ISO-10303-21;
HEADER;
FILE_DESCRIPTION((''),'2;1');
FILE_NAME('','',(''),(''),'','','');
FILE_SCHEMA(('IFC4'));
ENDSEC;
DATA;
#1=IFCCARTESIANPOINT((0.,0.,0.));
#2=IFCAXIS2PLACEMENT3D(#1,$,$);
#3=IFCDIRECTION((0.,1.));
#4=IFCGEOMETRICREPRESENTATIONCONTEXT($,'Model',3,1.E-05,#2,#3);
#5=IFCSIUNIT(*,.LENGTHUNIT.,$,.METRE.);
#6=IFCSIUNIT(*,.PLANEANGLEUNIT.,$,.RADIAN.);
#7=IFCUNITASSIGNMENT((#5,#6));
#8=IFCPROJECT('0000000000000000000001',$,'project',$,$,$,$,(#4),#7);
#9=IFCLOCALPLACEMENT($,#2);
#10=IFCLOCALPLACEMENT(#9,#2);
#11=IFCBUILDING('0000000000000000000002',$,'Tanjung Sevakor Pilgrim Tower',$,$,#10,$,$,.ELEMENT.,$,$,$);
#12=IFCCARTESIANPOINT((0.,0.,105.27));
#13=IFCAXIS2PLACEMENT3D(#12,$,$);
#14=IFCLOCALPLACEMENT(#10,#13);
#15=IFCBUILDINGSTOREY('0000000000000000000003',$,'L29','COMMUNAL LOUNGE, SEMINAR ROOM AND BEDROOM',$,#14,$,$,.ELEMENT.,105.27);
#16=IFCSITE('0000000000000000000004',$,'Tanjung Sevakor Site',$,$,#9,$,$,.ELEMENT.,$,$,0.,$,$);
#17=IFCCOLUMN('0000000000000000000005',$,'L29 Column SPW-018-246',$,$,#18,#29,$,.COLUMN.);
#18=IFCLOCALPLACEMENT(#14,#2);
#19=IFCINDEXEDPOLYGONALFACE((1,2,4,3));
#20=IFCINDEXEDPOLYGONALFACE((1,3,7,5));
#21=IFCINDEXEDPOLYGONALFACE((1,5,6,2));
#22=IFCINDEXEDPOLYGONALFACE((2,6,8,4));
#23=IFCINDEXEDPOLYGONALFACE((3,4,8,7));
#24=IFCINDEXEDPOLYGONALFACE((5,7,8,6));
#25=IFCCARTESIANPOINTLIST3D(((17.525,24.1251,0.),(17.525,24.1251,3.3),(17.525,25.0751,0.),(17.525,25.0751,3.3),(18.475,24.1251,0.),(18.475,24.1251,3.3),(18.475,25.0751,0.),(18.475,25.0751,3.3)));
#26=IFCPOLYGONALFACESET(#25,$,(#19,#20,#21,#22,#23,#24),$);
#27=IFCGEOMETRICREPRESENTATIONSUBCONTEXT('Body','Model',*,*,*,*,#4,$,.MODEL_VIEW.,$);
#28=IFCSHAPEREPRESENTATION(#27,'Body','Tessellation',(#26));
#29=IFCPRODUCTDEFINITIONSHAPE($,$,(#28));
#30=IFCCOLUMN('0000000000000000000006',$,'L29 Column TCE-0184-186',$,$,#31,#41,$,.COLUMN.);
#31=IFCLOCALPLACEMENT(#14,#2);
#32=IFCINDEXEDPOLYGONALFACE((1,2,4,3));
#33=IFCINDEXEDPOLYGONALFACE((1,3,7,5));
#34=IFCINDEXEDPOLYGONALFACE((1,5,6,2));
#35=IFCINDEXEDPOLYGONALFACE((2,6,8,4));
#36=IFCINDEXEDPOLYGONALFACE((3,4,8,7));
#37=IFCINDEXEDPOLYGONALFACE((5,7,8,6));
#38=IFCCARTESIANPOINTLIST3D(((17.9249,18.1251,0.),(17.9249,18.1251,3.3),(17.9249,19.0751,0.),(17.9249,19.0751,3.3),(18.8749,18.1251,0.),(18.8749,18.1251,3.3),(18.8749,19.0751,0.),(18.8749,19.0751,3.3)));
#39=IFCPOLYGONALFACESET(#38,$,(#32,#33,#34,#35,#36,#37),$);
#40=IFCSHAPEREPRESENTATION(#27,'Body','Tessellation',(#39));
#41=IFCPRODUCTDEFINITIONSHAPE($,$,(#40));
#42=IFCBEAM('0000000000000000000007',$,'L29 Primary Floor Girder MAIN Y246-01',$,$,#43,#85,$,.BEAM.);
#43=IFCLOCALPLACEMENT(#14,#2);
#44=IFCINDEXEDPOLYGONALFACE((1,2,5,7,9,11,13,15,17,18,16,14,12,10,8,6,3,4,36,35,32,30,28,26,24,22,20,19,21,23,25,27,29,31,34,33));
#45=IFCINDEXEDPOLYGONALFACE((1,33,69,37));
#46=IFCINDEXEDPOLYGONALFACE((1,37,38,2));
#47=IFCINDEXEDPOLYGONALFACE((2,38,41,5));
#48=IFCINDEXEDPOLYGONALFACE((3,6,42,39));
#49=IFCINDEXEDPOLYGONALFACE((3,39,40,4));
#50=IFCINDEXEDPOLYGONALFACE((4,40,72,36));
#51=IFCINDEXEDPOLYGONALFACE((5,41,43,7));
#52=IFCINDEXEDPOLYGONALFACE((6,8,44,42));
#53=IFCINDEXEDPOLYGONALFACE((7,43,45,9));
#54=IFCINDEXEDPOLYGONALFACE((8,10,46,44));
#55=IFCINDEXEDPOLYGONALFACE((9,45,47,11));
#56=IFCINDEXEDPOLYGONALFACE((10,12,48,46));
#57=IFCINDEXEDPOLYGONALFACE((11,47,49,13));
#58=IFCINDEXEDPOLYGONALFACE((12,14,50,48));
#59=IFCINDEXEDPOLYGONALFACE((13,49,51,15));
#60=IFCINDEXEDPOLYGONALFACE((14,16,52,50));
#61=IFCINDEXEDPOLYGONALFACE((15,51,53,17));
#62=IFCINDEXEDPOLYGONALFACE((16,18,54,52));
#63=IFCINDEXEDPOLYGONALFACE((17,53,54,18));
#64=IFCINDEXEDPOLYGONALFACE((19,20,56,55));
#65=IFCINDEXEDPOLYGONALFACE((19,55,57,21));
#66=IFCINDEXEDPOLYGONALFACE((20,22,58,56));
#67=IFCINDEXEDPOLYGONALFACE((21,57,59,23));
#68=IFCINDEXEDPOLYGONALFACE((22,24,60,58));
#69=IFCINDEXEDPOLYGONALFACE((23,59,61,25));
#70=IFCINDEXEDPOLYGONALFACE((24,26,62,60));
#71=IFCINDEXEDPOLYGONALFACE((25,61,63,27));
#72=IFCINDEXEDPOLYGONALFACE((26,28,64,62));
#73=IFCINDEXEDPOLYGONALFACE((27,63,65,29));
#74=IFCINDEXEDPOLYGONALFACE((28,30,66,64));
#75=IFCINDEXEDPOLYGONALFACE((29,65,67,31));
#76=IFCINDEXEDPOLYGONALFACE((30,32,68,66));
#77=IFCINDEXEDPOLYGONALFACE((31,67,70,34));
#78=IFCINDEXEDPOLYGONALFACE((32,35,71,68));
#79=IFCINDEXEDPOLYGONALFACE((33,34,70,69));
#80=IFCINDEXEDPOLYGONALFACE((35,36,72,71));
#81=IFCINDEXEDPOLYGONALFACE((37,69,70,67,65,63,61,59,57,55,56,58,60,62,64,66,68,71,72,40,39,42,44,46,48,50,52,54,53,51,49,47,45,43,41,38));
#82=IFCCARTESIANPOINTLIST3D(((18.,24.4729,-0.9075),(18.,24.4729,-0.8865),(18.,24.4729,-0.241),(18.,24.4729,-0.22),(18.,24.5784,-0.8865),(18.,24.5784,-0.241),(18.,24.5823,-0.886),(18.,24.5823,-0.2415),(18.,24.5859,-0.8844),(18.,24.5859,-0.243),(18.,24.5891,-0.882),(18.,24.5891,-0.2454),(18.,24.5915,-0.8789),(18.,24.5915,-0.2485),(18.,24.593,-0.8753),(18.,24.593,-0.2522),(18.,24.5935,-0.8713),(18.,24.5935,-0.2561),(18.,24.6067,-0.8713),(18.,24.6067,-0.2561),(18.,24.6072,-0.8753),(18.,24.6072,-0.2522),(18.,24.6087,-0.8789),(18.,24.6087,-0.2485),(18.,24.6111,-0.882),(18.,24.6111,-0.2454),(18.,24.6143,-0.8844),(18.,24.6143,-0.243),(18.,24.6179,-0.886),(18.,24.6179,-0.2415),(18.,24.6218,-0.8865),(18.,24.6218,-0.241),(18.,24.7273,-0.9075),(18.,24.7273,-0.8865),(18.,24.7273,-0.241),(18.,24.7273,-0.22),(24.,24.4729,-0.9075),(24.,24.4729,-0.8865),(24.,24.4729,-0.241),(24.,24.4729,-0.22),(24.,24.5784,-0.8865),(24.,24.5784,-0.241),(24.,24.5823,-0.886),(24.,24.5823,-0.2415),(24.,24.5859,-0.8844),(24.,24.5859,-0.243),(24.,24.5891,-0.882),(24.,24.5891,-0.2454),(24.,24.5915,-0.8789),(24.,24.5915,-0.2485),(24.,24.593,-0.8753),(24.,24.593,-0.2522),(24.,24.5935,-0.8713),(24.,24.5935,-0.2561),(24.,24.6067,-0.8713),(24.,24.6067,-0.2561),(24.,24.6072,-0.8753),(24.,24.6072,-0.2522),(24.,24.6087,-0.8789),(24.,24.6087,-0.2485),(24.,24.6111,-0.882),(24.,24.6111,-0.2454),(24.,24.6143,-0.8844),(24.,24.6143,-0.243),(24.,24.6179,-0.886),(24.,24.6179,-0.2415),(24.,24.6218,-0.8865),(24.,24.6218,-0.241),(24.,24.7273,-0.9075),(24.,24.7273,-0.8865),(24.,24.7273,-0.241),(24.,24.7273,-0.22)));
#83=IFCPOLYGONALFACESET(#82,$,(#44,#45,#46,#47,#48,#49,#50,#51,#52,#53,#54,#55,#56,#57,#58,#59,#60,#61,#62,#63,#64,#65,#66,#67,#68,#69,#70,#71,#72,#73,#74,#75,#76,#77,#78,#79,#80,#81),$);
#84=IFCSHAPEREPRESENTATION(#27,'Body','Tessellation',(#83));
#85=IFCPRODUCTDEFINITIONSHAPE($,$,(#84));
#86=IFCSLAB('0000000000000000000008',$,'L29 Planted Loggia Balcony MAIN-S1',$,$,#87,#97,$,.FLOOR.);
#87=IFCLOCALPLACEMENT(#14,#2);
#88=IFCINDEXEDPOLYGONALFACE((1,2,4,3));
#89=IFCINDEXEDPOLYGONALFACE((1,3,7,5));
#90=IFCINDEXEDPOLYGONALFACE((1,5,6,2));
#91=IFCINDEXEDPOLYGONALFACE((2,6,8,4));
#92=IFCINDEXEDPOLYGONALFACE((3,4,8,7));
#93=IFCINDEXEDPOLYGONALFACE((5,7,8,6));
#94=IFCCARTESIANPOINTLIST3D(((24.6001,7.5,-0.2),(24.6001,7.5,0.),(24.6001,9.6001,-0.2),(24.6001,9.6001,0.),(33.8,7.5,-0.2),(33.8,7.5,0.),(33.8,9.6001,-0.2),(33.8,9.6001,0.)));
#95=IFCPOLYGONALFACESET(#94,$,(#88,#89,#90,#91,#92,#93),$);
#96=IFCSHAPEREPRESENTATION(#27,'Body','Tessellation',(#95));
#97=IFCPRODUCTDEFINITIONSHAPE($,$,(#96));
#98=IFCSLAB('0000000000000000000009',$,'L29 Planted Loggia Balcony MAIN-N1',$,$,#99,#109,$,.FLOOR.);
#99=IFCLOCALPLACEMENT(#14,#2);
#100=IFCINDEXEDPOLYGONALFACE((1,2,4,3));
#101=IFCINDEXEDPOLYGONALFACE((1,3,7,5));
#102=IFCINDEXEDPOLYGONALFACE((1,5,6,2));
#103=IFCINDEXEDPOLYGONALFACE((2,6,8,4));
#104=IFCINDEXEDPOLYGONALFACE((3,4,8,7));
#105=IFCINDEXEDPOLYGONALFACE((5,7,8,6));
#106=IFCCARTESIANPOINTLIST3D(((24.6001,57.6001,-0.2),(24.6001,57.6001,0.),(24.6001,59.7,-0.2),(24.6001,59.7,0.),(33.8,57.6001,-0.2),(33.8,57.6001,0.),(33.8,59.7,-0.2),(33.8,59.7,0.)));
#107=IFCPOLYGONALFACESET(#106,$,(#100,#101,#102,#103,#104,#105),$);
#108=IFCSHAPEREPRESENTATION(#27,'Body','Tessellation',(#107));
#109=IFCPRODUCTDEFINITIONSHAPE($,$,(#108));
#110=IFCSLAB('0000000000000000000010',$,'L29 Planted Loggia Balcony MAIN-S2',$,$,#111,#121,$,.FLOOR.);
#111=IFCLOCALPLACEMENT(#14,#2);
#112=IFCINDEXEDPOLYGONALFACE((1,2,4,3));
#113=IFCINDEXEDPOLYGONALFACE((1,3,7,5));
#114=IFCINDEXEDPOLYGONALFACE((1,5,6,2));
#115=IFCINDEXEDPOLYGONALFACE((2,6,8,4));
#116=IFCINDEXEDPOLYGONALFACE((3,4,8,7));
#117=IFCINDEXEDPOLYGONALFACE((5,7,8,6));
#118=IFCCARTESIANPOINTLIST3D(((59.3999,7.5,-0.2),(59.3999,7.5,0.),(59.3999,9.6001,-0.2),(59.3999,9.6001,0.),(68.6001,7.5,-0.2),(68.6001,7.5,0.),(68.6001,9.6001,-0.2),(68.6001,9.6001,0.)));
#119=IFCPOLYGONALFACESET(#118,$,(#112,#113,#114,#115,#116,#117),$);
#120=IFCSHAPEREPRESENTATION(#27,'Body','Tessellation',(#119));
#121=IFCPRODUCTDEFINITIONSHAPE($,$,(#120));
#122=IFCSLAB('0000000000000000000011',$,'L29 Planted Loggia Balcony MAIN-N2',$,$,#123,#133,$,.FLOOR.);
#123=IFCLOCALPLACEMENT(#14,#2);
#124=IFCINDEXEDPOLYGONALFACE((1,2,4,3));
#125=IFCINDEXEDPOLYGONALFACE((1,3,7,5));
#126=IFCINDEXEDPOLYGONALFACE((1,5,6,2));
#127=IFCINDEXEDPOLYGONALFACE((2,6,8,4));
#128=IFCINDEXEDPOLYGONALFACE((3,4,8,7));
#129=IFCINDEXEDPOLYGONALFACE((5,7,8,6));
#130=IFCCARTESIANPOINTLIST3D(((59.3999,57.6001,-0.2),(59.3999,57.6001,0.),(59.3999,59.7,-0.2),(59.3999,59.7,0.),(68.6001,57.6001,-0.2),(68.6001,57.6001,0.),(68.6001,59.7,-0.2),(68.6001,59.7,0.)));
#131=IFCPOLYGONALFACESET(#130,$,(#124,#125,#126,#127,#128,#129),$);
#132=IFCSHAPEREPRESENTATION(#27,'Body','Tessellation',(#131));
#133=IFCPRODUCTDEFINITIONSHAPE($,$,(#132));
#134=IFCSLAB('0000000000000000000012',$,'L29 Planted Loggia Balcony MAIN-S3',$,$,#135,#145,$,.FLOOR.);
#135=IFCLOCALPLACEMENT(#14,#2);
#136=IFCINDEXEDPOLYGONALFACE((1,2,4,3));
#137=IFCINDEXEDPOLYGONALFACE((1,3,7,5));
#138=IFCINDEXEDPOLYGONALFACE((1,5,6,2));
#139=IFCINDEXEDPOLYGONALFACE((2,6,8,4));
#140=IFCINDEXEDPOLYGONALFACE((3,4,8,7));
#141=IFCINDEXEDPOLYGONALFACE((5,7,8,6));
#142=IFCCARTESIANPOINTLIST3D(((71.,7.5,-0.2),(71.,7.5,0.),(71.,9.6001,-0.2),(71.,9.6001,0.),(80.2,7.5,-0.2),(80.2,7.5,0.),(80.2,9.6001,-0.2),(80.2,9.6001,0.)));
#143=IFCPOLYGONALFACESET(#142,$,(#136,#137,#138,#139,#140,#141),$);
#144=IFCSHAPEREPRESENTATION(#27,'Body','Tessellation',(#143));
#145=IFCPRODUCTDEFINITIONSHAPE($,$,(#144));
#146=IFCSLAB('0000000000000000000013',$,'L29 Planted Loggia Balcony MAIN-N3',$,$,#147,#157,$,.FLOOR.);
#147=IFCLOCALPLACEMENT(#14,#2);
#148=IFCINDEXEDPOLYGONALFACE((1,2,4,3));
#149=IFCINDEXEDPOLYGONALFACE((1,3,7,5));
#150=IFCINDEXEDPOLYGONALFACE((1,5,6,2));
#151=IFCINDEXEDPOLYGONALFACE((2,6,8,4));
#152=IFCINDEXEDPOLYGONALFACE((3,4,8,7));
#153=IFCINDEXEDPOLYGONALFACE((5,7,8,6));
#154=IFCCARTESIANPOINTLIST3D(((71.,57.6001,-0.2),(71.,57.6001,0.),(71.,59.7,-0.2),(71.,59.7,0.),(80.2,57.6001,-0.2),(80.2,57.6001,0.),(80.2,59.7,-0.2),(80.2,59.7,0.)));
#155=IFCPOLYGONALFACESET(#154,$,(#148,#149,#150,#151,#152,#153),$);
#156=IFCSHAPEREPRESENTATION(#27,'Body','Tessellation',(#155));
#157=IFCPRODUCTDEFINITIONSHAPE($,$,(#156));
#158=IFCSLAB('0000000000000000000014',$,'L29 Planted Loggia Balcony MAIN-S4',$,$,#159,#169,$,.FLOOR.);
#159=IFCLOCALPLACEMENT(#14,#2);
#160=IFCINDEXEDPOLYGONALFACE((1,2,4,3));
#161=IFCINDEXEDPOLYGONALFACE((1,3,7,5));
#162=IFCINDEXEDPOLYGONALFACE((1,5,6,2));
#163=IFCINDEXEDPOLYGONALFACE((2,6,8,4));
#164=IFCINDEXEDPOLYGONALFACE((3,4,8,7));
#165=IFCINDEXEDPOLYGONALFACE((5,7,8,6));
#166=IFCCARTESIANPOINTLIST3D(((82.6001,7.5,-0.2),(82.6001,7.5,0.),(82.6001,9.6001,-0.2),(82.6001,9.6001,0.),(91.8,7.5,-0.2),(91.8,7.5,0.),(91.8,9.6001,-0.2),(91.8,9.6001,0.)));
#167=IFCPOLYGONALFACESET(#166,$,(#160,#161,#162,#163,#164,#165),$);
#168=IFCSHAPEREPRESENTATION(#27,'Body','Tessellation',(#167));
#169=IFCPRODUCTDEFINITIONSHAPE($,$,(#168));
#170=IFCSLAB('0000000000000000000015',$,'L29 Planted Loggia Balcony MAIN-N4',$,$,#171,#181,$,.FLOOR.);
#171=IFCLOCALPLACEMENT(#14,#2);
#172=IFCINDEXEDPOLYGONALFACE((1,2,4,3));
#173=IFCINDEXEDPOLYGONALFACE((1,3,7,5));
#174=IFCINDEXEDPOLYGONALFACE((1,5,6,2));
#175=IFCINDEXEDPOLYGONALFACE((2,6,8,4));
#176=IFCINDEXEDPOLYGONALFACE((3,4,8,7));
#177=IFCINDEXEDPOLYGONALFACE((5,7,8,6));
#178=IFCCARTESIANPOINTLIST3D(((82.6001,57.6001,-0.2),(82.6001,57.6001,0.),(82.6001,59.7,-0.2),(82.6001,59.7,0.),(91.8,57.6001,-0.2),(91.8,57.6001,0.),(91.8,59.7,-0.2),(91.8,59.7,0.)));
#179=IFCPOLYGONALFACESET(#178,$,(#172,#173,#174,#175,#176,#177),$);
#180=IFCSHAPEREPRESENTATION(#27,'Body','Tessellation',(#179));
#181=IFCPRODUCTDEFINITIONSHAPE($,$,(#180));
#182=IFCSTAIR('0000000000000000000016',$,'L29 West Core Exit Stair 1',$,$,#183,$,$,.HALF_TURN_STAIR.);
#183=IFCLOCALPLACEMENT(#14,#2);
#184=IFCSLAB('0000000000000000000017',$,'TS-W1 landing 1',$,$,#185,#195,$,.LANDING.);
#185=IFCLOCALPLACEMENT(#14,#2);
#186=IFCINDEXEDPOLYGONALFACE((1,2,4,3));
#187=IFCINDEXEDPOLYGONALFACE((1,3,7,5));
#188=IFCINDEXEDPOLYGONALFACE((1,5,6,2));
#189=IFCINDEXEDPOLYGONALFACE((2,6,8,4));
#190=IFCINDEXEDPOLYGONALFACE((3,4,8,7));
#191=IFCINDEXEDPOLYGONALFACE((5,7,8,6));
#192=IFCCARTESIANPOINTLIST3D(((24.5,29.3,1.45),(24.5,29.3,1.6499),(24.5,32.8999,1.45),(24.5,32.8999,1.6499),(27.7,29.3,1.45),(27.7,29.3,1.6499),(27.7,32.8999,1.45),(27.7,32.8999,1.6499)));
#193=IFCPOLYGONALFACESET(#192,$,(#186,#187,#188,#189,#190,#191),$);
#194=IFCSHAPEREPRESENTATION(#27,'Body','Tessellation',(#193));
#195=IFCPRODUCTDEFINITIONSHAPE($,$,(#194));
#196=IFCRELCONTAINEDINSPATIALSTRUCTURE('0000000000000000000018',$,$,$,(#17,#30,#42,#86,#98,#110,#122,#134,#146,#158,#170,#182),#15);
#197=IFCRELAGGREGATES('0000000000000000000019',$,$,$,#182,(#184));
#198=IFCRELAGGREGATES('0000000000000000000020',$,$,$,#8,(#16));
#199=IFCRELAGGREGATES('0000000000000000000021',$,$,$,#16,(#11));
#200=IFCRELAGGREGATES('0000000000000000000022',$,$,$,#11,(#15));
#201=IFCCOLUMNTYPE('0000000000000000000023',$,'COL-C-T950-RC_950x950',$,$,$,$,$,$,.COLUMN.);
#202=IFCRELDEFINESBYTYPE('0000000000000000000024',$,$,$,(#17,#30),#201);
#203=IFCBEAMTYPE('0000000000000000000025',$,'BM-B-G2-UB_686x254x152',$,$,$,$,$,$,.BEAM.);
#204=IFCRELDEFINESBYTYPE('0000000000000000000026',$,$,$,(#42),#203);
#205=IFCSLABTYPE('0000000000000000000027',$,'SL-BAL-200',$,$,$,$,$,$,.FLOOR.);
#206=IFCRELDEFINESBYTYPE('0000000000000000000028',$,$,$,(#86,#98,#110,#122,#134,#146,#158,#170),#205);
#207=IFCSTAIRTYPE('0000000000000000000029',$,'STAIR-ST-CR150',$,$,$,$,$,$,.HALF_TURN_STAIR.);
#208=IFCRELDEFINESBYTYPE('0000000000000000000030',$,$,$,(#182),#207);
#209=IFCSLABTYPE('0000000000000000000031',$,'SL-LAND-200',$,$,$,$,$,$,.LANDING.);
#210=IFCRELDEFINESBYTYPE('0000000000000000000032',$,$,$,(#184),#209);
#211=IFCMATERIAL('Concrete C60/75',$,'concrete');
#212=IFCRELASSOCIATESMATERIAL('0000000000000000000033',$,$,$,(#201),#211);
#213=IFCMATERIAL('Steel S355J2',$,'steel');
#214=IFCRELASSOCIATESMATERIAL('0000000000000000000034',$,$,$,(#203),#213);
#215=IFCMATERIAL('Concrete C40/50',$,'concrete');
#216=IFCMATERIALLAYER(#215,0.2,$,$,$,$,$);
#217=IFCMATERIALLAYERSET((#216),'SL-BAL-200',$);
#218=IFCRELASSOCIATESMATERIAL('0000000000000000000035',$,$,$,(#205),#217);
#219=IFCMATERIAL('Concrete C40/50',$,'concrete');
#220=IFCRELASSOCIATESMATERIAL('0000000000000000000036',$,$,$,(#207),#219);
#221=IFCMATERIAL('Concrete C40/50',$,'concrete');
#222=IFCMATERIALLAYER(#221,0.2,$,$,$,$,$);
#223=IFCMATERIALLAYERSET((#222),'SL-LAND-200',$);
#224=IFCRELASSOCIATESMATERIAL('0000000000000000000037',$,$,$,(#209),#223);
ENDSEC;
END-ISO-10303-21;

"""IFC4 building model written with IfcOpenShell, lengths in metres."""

from ifc_helpers import new_model, si_unit, direction, frame, origin, origin_2d, place, context, subcontext, project, spatial, polyline, rectangle, i_section, outline, extrude, material, layer, layer_set, material_profile, profile_set, type_object, element, aggregate, save


model = new_model("IFC4")

# Units and contexts
model_context = context("Model", 3, precision=1e-05, world=origin(), true_north=direction((0.0, 1.0)))
body_context = subcontext(model_context, "Body", "Model", "MODEL_VIEW")
ifc_project = project(units=[si_unit("LENGTHUNIT", "METRE"), si_unit("PLANEANGLEUNIT", "RADIAN")], contexts=[model_context])

# Site, building, storey
site_placement = place(None, origin())
site = spatial("IfcSite", under=ifc_project, at=site_placement, Name="Tanjung Sevakor Site", CompositionType="ELEMENT", RefElevation=0.0)
building_placement = place(site_placement, origin())
building = spatial("IfcBuilding", under=site, at=building_placement, Name="Tanjung Sevakor Pilgrim Tower", CompositionType="ELEMENT")
storey_placement = place(building_placement, frame((0.0, 0.0, 105.27)))
storey = spatial("IfcBuildingStorey", under=building, at=storey_placement, Name="L29", Description="COMMUNAL LOUNGE, SEMINAR ROOM AND BEDROOM", CompositionType="ELEMENT", Elevation=105.27)

# Columns
ifc_material_1 = material(Name="Concrete C60/75", Category="concrete")
ifc_material_profile_1 = material_profile(ifc_material_1, rectangle(XDim=0.95, YDim=0.95, at=origin_2d()))
ifc_profile_set_1 = profile_set([ifc_material_profile_1], Name="Concrete C60/75")
column_type = type_object("IfcColumnType", Name="COL-C-T950-RC_950x950", PredefinedType="COLUMN", material=ifc_profile_set_1)
for number, where, z_axis, x_axis, name in (
    (1, (18.0, 24.6001, 0.0), (0.0, 0.0, 1.0), (1.0, 0.0, 0.0), "L29 Column SPW-018-246"),
    (2, (18.3999, 18.6001, 0.0), (0.0, 0.0, 1.0), (1.0, 0.0, 0.0), "L29 Column TCE-0184-186"),
):
    element("IfcColumn", number, at=place(storey_placement, frame(where, z_axis=z_axis, x_axis=x_axis)), inside=storey, type_object=column_type, Name=name, PredefinedType="COLUMN", context=body_context, shape_type="SweptSolid", body=[
        extrude(rectangle(XDim=0.95, YDim=0.95, at=origin_2d()), origin(), (0.0, 0.0, 1.0), 3.3),
    ])

# Beam
ifc_material_2 = material(Name="Steel S355J2", Category="steel")
ifc_material_profile_2 = material_profile(ifc_material_2, i_section(OverallWidth=0.2544, OverallDepth=0.6875, WebThickness=0.0132, FlangeThickness=0.021, FilletRadius=0.0151, at=origin_2d()))
ifc_profile_set_2 = profile_set([ifc_material_profile_2], Name="Steel S355J2")
beam_type = type_object("IfcBeamType", Name="BM-B-G2-UB_686x254x152", PredefinedType="BEAM", material=ifc_profile_set_2)
beam_placement = place(storey_placement, frame((18.0, 24.6001, -0.5637), z_axis=(1.0, 0.0, 0.0), x_axis=(0.0, 1.0, 0.0)))
element("IfcBeam", 3, at=beam_placement, inside=storey, type_object=beam_type, Name="L29 Primary Floor Girder MAIN Y246-01", PredefinedType="BEAM", context=body_context, shape_type="SweptSolid", body=[
    extrude(i_section(OverallWidth=0.2544, OverallDepth=0.6875, WebThickness=0.0132, FlangeThickness=0.021, FilletRadius=0.0151, at=origin_2d()), origin(), (0.0, 0.0, 1.0), 6.0),
])

# Slabs
ifc_material_3 = material(Name="Concrete C40/50", Category="concrete")
ifc_layer_1 = layer(ifc_material_3, 0.2)
ifc_layer_set_1 = layer_set([ifc_layer_1], Name="SL-BAL-200")
slab_type_1 = type_object("IfcSlabType", Name="SL-BAL-200", PredefinedType="FLOOR", material=ifc_layer_set_1)
slab_1_placement = place(storey_placement, frame((0.0, 0.0, -0.2)))
element("IfcSlab", 4, at=slab_1_placement, inside=storey, type_object=slab_type_1, Name="L29 Planted Loggia Balcony MAIN-S1", PredefinedType="FLOOR", context=body_context, shape_type="SweptSolid", body=[
    extrude(outline(polyline([(24.6001, 7.5), (33.8, 7.5), (33.8, 9.6001), (24.6001, 9.6001), (24.6001, 7.5)])), origin(), (0.0, 0.0, 1.0), 0.2),
])
slab_2_placement = place(storey_placement, frame((0.0, 0.0, -0.2)))
element("IfcSlab", 5, at=slab_2_placement, inside=storey, type_object=slab_type_1, Name="L29 Planted Loggia Balcony MAIN-N1", PredefinedType="FLOOR", context=body_context, shape_type="SweptSolid", body=[
    extrude(outline(polyline([(24.6001, 57.6001), (33.8, 57.6001), (33.8, 59.7), (24.6001, 59.7), (24.6001, 57.6001)])), origin(), (0.0, 0.0, 1.0), 0.2),
])
slab_3_placement = place(storey_placement, frame((0.0, 0.0, -0.2)))
element("IfcSlab", 6, at=slab_3_placement, inside=storey, type_object=slab_type_1, Name="L29 Planted Loggia Balcony MAIN-S2", PredefinedType="FLOOR", context=body_context, shape_type="SweptSolid", body=[
    extrude(outline(polyline([(59.3999, 7.5), (68.6001, 7.5), (68.6001, 9.6001), (59.3999, 9.6001), (59.3999, 7.5)])), origin(), (0.0, 0.0, 1.0), 0.2),
])
slab_4_placement = place(storey_placement, frame((0.0, 0.0, -0.2)))
element("IfcSlab", 7, at=slab_4_placement, inside=storey, type_object=slab_type_1, Name="L29 Planted Loggia Balcony MAIN-N2", PredefinedType="FLOOR", context=body_context, shape_type="SweptSolid", body=[
    extrude(outline(polyline([(59.3999, 57.6001), (68.6001, 57.6001), (68.6001, 59.7), (59.3999, 59.7), (59.3999, 57.6001)])), origin(), (0.0, 0.0, 1.0), 0.2),
])
slab_5_placement = place(storey_placement, frame((0.0, 0.0, -0.2)))
element("IfcSlab", 8, at=slab_5_placement, inside=storey, type_object=slab_type_1, Name="L29 Planted Loggia Balcony MAIN-S3", PredefinedType="FLOOR", context=body_context, shape_type="SweptSolid", body=[
    extrude(outline(polyline([(71.0, 7.5), (80.2, 7.5), (80.2, 9.6001), (71.0, 9.6001), (71.0, 7.5)])), origin(), (0.0, 0.0, 1.0), 0.2),
])
slab_6_placement = place(storey_placement, frame((0.0, 0.0, -0.2)))
element("IfcSlab", 9, at=slab_6_placement, inside=storey, type_object=slab_type_1, Name="L29 Planted Loggia Balcony MAIN-N3", PredefinedType="FLOOR", context=body_context, shape_type="SweptSolid", body=[
    extrude(outline(polyline([(71.0, 57.6001), (80.2, 57.6001), (80.2, 59.7), (71.0, 59.7), (71.0, 57.6001)])), origin(), (0.0, 0.0, 1.0), 0.2),
])
slab_7_placement = place(storey_placement, frame((0.0, 0.0, -0.2)))
element("IfcSlab", 10, at=slab_7_placement, inside=storey, type_object=slab_type_1, Name="L29 Planted Loggia Balcony MAIN-S4", PredefinedType="FLOOR", context=body_context, shape_type="SweptSolid", body=[
    extrude(outline(polyline([(82.6001, 7.5), (91.8, 7.5), (91.8, 9.6001), (82.6001, 9.6001), (82.6001, 7.5)])), origin(), (0.0, 0.0, 1.0), 0.2),
])
slab_8_placement = place(storey_placement, frame((0.0, 0.0, -0.2)))
element("IfcSlab", 11, at=slab_8_placement, inside=storey, type_object=slab_type_1, Name="L29 Planted Loggia Balcony MAIN-N4", PredefinedType="FLOOR", context=body_context, shape_type="SweptSolid", body=[
    extrude(outline(polyline([(82.6001, 57.6001), (91.8, 57.6001), (91.8, 59.7), (82.6001, 59.7), (82.6001, 57.6001)])), origin(), (0.0, 0.0, 1.0), 0.2),
])

# Stair, slab
ifc_material_4 = material(Name="Concrete C40/50", Category="concrete")
stair_type = type_object("IfcStairType", Name="STAIR-ST-CR150", PredefinedType="HALF_TURN_STAIR", material=ifc_material_4)
stair_1_placement = place(storey_placement, origin())
stair_1 = element("IfcStair", 12, at=stair_1_placement, inside=storey, type_object=stair_type, Name="L29 West Core Exit Stair 1", PredefinedType="HALF_TURN_STAIR")
ifc_material_5 = material(Name="Concrete C40/50", Category="concrete")
ifc_layer_2 = layer(ifc_material_5, 0.2)
ifc_layer_set_2 = layer_set([ifc_layer_2], Name="SL-LAND-200")
slab_type_2 = type_object("IfcSlabType", Name="SL-LAND-200", PredefinedType="LANDING", material=ifc_layer_set_2)
slab_9_placement = place(storey_placement, frame((0.0, 0.0, 1.45)))
slab_9 = element("IfcSlab", 13, at=slab_9_placement, type_object=slab_type_2, Name="TS-W1 landing 1", PredefinedType="LANDING", context=body_context, shape_type="SweptSolid", body=[
    extrude(outline(polyline([(27.7, 29.3), (27.7, 32.8999), (24.5, 32.8999), (24.5, 29.3), (27.7, 29.3)])), origin(), (0.0, 0.0, 1.0), 0.2),
])
aggregate(stair_1, [slab_9])

save(model, "model.ifc")
